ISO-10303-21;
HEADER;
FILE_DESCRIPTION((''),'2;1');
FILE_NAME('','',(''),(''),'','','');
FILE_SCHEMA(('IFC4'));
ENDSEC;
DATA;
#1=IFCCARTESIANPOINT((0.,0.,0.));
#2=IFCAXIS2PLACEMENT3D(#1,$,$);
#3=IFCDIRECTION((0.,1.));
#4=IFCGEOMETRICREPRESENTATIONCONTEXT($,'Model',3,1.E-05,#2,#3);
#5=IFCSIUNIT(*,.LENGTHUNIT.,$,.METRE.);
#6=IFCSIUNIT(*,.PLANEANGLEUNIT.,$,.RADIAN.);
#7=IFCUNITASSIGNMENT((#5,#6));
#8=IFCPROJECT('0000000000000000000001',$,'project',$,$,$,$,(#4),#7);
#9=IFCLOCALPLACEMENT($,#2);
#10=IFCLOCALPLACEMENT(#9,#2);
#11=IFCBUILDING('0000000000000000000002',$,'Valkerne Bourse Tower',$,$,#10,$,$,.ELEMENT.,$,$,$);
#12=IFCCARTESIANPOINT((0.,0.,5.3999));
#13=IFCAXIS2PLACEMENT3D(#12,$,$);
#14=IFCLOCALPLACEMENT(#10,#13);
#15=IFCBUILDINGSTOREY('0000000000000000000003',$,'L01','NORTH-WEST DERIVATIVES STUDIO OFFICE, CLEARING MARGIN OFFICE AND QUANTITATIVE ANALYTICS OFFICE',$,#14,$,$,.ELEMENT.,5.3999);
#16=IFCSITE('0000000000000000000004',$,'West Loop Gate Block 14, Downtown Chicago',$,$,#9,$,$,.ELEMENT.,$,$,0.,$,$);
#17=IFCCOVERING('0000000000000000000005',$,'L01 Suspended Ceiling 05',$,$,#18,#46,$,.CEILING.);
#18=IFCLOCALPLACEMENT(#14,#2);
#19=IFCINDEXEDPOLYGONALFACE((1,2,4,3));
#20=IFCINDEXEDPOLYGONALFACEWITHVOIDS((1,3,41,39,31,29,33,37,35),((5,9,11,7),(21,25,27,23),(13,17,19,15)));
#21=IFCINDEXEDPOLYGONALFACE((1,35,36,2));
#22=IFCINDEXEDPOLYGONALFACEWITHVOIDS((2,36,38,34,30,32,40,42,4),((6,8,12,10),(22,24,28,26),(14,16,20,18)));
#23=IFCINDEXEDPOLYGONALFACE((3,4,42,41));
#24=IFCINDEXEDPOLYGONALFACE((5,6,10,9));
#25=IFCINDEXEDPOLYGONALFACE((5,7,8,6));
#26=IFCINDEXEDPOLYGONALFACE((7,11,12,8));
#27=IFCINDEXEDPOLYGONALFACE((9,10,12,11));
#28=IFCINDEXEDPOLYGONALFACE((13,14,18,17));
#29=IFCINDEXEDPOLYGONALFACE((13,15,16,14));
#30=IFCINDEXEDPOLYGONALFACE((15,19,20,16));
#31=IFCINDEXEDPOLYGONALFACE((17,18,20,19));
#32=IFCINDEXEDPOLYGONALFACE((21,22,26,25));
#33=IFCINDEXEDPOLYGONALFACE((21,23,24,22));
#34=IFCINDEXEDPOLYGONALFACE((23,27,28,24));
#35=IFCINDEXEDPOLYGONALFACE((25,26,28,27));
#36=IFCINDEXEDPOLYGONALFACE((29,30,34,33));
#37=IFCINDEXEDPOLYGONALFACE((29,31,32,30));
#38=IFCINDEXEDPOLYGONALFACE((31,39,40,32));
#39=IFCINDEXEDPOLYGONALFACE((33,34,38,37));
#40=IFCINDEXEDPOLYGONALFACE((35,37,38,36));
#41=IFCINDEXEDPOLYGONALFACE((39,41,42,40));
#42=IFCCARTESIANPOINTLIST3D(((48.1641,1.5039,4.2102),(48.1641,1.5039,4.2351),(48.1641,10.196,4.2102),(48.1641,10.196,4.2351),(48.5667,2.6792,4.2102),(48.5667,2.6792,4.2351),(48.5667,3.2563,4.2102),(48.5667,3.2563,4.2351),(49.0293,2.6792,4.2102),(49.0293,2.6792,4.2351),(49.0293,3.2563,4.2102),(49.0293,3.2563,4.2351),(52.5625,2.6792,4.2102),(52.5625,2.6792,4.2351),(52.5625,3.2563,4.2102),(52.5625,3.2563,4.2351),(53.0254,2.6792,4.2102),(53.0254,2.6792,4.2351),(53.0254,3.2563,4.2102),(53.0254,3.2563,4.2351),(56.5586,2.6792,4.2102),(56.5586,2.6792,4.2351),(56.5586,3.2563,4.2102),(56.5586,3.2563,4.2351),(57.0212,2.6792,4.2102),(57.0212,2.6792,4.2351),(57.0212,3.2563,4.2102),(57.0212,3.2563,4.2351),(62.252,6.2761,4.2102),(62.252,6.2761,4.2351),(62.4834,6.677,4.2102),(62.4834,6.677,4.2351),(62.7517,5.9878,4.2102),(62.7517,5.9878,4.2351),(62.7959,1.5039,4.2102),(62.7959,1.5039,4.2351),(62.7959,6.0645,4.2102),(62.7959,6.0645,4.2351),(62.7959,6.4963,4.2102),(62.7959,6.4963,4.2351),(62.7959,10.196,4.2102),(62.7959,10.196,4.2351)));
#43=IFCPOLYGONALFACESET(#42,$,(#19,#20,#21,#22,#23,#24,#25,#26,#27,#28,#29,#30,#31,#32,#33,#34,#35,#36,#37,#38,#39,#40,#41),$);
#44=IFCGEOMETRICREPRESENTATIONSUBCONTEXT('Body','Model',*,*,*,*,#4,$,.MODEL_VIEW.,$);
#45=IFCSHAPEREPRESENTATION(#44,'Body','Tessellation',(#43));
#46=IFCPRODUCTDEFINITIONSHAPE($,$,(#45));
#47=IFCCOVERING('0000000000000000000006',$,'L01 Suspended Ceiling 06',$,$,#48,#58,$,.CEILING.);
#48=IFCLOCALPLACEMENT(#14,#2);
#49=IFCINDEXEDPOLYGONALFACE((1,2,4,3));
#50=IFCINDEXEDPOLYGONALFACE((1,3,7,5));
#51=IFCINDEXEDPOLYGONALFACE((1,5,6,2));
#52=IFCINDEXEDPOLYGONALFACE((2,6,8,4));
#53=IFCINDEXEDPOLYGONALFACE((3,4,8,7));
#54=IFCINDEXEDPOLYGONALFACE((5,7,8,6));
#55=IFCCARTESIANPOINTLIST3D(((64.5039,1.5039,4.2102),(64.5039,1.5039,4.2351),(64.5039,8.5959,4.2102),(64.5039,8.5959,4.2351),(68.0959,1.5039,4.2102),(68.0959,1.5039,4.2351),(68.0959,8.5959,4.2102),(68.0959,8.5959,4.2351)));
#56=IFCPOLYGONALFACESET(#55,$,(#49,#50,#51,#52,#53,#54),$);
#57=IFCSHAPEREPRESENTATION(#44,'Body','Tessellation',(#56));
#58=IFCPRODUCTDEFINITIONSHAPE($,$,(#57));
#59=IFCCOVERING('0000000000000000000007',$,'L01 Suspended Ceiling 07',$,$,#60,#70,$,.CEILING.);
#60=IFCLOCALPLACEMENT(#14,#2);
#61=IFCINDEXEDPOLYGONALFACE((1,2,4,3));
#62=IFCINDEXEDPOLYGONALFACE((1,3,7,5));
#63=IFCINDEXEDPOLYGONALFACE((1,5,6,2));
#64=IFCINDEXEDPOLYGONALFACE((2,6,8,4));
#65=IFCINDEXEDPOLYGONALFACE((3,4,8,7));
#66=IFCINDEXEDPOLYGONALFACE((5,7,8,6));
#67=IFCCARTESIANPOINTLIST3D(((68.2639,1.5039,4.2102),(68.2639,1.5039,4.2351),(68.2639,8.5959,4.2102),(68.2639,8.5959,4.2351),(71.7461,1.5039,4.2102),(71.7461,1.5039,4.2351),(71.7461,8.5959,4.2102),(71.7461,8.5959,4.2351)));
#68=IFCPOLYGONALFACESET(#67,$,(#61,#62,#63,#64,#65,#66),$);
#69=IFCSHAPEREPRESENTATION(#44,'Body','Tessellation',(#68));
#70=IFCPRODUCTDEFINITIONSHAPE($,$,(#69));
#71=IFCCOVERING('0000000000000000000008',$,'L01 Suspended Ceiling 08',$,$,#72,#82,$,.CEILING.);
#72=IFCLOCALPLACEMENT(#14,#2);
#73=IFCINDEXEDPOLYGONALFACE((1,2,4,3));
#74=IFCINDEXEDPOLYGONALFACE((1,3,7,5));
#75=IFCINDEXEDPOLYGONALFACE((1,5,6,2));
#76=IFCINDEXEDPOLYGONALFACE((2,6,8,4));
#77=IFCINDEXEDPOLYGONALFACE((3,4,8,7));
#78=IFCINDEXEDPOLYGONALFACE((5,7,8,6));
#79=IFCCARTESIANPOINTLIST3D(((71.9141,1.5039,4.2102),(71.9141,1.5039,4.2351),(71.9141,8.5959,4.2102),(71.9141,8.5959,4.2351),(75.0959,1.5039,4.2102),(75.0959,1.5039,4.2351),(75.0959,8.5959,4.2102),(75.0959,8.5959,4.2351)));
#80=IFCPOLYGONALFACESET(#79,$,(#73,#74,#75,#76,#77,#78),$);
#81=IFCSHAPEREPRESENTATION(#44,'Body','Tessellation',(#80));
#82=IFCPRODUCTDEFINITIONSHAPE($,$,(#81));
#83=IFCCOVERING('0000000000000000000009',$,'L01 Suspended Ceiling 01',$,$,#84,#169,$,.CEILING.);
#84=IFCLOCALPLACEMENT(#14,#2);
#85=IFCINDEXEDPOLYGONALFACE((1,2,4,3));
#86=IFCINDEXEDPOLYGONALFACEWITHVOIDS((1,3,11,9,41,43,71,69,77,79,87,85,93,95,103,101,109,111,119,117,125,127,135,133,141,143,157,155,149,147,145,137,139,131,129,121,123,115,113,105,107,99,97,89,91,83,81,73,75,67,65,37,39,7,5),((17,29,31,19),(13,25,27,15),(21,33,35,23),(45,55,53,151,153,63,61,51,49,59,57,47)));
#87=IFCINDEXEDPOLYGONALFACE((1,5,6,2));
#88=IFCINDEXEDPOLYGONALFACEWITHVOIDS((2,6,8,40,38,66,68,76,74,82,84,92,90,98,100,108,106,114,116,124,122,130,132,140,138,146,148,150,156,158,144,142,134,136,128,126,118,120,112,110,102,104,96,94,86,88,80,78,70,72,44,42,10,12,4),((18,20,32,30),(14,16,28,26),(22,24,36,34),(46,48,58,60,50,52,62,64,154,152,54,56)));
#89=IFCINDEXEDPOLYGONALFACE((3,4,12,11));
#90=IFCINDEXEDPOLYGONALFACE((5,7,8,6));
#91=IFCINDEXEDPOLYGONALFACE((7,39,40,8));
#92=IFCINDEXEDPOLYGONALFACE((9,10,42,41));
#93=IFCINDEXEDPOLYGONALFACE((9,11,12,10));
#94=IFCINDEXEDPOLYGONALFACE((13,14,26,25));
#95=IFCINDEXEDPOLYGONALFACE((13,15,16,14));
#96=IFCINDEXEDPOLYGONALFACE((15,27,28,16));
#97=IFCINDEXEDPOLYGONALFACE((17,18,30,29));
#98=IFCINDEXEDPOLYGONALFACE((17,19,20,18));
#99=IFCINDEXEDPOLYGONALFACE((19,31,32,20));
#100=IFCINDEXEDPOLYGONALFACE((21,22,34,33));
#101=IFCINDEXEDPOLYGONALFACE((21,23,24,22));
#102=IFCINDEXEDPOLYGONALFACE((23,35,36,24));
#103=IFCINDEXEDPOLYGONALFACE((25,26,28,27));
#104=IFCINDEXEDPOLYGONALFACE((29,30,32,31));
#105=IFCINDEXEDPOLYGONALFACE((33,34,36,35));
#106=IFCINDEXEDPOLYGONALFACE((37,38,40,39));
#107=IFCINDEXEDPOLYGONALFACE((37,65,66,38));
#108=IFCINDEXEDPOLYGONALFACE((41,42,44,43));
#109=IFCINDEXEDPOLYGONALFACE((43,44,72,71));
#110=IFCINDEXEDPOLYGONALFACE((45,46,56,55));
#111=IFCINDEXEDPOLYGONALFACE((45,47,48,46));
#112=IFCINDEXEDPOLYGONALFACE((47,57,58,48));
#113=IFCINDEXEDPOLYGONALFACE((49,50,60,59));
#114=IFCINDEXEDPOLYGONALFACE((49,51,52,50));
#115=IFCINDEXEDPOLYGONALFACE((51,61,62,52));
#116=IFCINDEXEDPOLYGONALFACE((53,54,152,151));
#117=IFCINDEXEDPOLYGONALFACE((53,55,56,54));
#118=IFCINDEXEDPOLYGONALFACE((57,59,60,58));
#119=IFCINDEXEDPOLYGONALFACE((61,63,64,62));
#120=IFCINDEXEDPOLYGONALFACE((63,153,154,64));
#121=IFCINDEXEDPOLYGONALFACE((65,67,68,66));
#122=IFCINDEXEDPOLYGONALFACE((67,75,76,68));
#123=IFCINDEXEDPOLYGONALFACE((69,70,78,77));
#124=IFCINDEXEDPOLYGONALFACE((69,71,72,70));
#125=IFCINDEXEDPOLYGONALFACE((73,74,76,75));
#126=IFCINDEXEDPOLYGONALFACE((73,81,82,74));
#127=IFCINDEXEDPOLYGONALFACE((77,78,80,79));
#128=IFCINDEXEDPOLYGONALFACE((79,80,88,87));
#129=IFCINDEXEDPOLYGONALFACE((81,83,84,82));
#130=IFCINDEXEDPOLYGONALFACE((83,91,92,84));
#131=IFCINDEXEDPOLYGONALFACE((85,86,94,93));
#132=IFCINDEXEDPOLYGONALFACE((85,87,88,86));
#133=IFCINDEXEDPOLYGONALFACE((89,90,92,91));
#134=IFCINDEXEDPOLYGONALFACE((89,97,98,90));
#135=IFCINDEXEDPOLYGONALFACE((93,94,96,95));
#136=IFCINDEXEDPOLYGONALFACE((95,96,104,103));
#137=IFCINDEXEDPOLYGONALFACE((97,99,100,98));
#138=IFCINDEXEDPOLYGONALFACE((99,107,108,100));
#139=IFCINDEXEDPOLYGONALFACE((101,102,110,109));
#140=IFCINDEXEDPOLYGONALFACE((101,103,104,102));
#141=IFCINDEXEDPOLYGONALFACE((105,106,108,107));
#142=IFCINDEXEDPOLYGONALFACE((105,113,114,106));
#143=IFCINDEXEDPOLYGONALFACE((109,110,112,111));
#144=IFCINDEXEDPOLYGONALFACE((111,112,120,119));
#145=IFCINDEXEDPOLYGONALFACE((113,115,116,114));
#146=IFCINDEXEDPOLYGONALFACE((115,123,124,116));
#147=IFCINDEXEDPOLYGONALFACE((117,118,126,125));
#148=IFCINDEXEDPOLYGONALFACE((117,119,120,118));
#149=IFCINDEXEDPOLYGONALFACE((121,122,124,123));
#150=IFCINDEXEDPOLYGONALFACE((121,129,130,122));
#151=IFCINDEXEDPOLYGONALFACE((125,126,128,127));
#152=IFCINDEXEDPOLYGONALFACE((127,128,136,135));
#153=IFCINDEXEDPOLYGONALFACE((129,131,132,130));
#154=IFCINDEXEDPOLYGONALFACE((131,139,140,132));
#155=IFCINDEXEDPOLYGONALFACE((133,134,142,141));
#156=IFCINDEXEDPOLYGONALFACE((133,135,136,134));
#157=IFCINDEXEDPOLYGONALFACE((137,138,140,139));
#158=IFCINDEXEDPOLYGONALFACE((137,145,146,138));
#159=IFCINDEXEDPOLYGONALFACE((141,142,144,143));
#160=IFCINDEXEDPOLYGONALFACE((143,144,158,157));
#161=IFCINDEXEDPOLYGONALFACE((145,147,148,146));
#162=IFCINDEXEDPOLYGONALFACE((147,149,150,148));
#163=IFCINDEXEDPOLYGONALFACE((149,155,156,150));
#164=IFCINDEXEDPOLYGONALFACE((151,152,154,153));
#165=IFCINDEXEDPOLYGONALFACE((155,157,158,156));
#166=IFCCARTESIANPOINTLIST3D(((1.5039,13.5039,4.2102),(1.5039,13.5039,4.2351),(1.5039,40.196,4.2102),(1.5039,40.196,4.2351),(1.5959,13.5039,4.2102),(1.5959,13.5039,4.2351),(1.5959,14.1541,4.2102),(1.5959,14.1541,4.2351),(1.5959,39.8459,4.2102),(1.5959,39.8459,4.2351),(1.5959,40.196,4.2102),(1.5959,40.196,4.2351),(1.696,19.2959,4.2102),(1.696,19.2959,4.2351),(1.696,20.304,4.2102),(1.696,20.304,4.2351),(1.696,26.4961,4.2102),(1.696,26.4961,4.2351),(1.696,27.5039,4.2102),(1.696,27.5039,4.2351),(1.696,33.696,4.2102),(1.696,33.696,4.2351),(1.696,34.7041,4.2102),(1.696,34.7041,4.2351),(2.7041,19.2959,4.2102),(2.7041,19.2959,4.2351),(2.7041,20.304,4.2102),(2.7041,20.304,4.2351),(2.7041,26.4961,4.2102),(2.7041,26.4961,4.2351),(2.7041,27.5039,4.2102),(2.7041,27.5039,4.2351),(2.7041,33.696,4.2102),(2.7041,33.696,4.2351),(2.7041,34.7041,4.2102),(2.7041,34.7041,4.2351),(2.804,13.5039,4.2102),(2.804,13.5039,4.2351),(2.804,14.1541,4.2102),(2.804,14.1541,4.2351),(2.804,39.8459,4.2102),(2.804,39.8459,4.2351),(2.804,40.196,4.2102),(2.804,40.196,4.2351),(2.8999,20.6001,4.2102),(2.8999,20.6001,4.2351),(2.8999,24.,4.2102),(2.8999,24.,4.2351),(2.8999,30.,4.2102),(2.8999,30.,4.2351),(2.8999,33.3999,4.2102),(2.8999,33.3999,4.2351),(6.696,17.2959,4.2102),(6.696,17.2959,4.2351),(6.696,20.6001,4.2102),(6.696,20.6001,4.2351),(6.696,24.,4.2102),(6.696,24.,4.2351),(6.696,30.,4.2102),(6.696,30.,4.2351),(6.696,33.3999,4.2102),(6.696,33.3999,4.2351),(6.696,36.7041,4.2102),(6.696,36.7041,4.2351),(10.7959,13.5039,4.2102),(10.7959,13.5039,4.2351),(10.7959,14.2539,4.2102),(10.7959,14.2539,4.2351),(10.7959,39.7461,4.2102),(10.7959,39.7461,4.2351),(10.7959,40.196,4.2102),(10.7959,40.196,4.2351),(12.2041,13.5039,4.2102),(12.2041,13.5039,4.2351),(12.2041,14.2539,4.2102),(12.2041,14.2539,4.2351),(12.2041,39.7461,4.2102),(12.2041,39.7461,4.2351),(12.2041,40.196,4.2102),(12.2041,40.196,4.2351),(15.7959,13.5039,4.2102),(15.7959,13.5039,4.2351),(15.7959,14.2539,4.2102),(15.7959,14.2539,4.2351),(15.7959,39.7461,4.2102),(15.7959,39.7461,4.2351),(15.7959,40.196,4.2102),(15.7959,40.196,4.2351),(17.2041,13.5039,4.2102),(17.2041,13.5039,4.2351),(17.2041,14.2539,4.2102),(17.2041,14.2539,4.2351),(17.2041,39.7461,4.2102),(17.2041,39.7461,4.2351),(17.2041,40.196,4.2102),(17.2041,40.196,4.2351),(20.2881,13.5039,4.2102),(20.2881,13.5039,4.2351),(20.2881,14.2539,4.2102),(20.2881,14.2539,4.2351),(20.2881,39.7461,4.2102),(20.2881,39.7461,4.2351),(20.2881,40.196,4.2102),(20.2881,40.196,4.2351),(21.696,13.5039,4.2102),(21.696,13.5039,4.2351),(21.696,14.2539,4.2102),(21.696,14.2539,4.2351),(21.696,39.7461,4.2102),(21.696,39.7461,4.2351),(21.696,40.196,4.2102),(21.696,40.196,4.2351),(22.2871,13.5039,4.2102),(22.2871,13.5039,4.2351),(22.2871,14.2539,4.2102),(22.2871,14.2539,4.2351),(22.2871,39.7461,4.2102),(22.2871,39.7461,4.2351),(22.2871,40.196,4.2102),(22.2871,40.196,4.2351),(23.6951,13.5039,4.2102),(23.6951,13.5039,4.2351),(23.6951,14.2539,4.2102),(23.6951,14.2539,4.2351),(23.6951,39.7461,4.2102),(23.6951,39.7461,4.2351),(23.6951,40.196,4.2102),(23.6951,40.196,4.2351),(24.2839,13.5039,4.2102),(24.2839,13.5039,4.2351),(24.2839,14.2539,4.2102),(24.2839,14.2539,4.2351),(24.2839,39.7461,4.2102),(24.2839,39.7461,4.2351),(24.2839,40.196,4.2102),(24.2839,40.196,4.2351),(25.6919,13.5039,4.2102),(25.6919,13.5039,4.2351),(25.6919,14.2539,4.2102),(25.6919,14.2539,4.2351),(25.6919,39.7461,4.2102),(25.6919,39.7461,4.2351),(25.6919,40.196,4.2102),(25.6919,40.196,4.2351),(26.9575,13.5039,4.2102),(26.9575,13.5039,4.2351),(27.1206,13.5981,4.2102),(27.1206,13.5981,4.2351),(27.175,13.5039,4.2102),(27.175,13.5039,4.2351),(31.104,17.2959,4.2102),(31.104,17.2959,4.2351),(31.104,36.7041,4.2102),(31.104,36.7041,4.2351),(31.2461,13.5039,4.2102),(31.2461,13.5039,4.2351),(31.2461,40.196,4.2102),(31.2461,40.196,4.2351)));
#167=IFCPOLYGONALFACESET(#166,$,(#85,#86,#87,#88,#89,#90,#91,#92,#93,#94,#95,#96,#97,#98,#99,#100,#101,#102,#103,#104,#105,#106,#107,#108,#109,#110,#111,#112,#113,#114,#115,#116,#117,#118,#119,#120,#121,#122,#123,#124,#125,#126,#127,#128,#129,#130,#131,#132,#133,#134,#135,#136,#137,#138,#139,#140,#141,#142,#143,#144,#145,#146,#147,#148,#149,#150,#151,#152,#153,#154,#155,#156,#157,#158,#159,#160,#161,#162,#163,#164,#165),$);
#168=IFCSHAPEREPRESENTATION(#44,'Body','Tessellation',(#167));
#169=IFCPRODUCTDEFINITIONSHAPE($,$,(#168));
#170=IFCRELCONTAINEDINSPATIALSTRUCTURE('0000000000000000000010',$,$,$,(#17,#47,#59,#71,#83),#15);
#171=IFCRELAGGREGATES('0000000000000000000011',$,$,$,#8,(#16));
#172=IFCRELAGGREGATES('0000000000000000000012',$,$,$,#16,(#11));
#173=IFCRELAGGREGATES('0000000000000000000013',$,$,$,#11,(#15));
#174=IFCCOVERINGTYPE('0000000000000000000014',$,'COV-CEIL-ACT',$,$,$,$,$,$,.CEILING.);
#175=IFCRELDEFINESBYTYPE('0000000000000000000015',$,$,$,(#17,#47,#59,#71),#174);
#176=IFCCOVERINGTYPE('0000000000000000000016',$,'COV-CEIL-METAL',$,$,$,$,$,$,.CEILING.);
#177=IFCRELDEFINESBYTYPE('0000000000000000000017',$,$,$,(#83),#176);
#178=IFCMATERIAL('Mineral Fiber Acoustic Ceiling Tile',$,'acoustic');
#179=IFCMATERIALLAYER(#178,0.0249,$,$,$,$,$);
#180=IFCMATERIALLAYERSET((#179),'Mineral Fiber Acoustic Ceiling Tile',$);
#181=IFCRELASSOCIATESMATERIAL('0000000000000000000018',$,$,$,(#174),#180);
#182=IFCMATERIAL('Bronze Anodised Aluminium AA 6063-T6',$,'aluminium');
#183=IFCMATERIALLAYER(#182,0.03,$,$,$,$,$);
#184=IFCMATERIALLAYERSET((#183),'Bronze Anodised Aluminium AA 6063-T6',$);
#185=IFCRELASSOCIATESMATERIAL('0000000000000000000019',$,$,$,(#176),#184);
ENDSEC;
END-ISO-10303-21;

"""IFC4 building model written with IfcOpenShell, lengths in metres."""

from ifc_helpers import new_model, si_unit, direction, frame, origin, place, context, subcontext, project, spatial, polyline, outline, extrude, material, layer, layer_set, type_object, element, save


model = new_model("IFC4")

# Units and contexts
model_context = context("Model", 3, precision=1e-05, world=origin(), true_north=direction((0.0, 1.0)))
body_context = subcontext(model_context, "Body", "Model", "MODEL_VIEW")
ifc_project = project(units=[si_unit("LENGTHUNIT", "METRE"), si_unit("PLANEANGLEUNIT", "RADIAN")], contexts=[model_context])

# Site, building, storey
site_placement = place(None, origin())
site = spatial("IfcSite", under=ifc_project, at=site_placement, Name="West Loop Gate Block 14, Downtown Chicago", CompositionType="ELEMENT", RefElevation=0.0)
building_placement = place(site_placement, origin())
building = spatial("IfcBuilding", under=site, at=building_placement, Name="Valkerne Bourse Tower", CompositionType="ELEMENT")
storey_placement = place(building_placement, frame((0.0, 0.0, 5.3999)))
storey = spatial("IfcBuildingStorey", under=building, at=storey_placement, Name="L01", Description="NORTH-WEST DERIVATIVES STUDIO OFFICE, CLEARING MARGIN OFFICE AND QUANTITATIVE ANALYTICS OFFICE", CompositionType="ELEMENT", Elevation=5.3999)

# Coverings
ifc_material_1 = material(Name="Mineral Fiber Acoustic Ceiling Tile", Category="acoustic")
ifc_layer_1 = layer(ifc_material_1, 0.0249)
ifc_layer_set_1 = layer_set([ifc_layer_1], Name="Mineral Fiber Acoustic Ceiling Tile")
covering_type_1 = type_object("IfcCoveringType", Name="COV-CEIL-ACT", PredefinedType="CEILING", material=ifc_layer_set_1)
covering_1_placement = place(storey_placement, frame((0.0, 0.0, 4.2102)))
element("IfcCovering", 1, at=covering_1_placement, inside=storey, type_object=covering_type_1, Name="L01 Suspended Ceiling 05", PredefinedType="CEILING", context=body_context, shape_type="SweptSolid", body=[
    extrude(outline(polyline([(48.1641, 10.196), (62.7959, 10.196), (62.7959, 6.4963), (62.4834, 6.677), (62.252, 6.2761), (62.7517, 5.9878), (62.7959, 6.0645), (62.7959, 1.5039), (48.1641, 1.5039), (48.1641, 10.196)]), holes=[polyline([(48.5667, 3.2563), (48.5667, 2.6792), (49.0293, 2.6792), (49.0293, 3.2563), (48.5667, 3.2563)]), polyline([(52.5625, 3.2563), (52.5625, 2.6792), (53.0254, 2.6792), (53.0254, 3.2563), (52.5625, 3.2563)]), polyline([(57.0212, 3.2563), (56.5586, 3.2563), (56.5586, 2.6792), (57.0212, 2.6792), (57.0212, 3.2563)])]), origin(), (0.0, 0.0, 1.0), 0.0249),
])
covering_2_placement = place(storey_placement, frame((0.0, 0.0, 4.2102)))
element("IfcCovering", 2, at=covering_2_placement, inside=storey, type_object=covering_type_1, Name="L01 Suspended Ceiling 06", PredefinedType="CEILING", context=body_context, shape_type="SweptSolid", body=[
    extrude(outline(polyline([(64.5039, 8.5959), (68.0959, 8.5959), (68.0959, 1.5039), (64.5039, 1.5039), (64.5039, 8.5959)])), origin(), (0.0, 0.0, 1.0), 0.0249),
])
covering_3_placement = place(storey_placement, frame((0.0, 0.0, 4.2102)))
element("IfcCovering", 3, at=covering_3_placement, inside=storey, type_object=covering_type_1, Name="L01 Suspended Ceiling 07", PredefinedType="CEILING", context=body_context, shape_type="SweptSolid", body=[
    extrude(outline(polyline([(68.2639, 8.5959), (71.7461, 8.5959), (71.7461, 1.5039), (68.2639, 1.5039), (68.2639, 8.5959)])), origin(), (0.0, 0.0, 1.0), 0.0249),
])
covering_4_placement = place(storey_placement, frame((0.0, 0.0, 4.2102)))
element("IfcCovering", 4, at=covering_4_placement, inside=storey, type_object=covering_type_1, Name="L01 Suspended Ceiling 08", PredefinedType="CEILING", context=body_context, shape_type="SweptSolid", body=[
    extrude(outline(polyline([(71.9141, 8.5959), (75.0959, 8.5959), (75.0959, 1.5039), (71.9141, 1.5039), (71.9141, 8.5959)])), origin(), (0.0, 0.0, 1.0), 0.0249),
])
ifc_material_2 = material(Name="Bronze Anodised Aluminium AA 6063-T6", Category="aluminium")
ifc_layer_2 = layer(ifc_material_2, 0.03)
ifc_layer_set_2 = layer_set([ifc_layer_2], Name="Bronze Anodised Aluminium AA 6063-T6")
covering_type_2 = type_object("IfcCoveringType", Name="COV-CEIL-METAL", PredefinedType="CEILING", material=ifc_layer_set_2)
covering_5_placement = place(storey_placement, frame((0.0, 0.0, 4.2102)))
element("IfcCovering", 5, at=covering_5_placement, inside=storey, type_object=covering_type_2, Name="L01 Suspended Ceiling 01", PredefinedType="CEILING", context=body_context, shape_type="SweptSolid", body=[
    extrude(outline(polyline([(1.5959, 40.196), (1.5959, 39.8459), (2.804, 39.8459), (2.804, 40.196), (10.7959, 40.196), (10.7959, 39.7461), (12.2041, 39.7461), (12.2041, 40.196), (15.7959, 40.196), (15.7959, 39.7461), (17.2041, 39.7461), (17.2041, 40.196), (20.2881, 40.196), (20.2881, 39.7461), (21.696, 39.7461), (21.696, 40.196), (22.2871, 40.196), (22.2871, 39.7461), (23.6951, 39.7461), (23.6951, 40.196), (24.2839, 40.196), (24.2839, 39.7461), (25.6919, 39.7461), (25.6919, 40.196), (31.2461, 40.196), (31.2461, 13.5039), (27.175, 13.5039), (27.1206, 13.5981), (26.9575, 13.5039), (25.6919, 13.5039), (25.6919, 14.2539), (24.2839, 14.2539), (24.2839, 13.5039), (23.6951, 13.5039), (23.6951, 14.2539), (22.2871, 14.2539), (22.2871, 13.5039), (21.696, 13.5039), (21.696, 14.2539), (20.2881, 14.2539), (20.2881, 13.5039), (17.2041, 13.5039), (17.2041, 14.2539), (15.7959, 14.2539), (15.7959, 13.5039), (12.2041, 13.5039), (12.2041, 14.2539), (10.7959, 14.2539), (10.7959, 13.5039), (2.804, 13.5039), (2.804, 14.1541), (1.5959, 14.1541), (1.5959, 13.5039), (1.5039, 13.5039), (1.5039, 40.196), (1.5959, 40.196)]), holes=[polyline([(6.696, 33.3999), (2.8999, 33.3999), (2.8999, 30.0), (6.696, 30.0), (6.696, 24.0), (2.8999, 24.0), (2.8999, 20.6001), (6.696, 20.6001), (6.696, 17.2959), (31.104, 17.2959), (31.104, 36.7041), (6.696, 36.7041), (6.696, 33.3999)]), polyline([(1.696, 20.304), (1.696, 19.2959), (2.7041, 19.2959), (2.7041, 20.304), (1.696, 20.304)]), polyline([(2.7041, 27.5039), (1.696, 27.5039), (1.696, 26.4961), (2.7041, 26.4961), (2.7041, 27.5039)]), polyline([(2.7041, 34.7041), (1.696, 34.7041), (1.696, 33.696), (2.7041, 33.696), (2.7041, 34.7041)])]), origin(), (0.0, 0.0, 1.0), 0.0249),
])

save(model, "model.ifc")
